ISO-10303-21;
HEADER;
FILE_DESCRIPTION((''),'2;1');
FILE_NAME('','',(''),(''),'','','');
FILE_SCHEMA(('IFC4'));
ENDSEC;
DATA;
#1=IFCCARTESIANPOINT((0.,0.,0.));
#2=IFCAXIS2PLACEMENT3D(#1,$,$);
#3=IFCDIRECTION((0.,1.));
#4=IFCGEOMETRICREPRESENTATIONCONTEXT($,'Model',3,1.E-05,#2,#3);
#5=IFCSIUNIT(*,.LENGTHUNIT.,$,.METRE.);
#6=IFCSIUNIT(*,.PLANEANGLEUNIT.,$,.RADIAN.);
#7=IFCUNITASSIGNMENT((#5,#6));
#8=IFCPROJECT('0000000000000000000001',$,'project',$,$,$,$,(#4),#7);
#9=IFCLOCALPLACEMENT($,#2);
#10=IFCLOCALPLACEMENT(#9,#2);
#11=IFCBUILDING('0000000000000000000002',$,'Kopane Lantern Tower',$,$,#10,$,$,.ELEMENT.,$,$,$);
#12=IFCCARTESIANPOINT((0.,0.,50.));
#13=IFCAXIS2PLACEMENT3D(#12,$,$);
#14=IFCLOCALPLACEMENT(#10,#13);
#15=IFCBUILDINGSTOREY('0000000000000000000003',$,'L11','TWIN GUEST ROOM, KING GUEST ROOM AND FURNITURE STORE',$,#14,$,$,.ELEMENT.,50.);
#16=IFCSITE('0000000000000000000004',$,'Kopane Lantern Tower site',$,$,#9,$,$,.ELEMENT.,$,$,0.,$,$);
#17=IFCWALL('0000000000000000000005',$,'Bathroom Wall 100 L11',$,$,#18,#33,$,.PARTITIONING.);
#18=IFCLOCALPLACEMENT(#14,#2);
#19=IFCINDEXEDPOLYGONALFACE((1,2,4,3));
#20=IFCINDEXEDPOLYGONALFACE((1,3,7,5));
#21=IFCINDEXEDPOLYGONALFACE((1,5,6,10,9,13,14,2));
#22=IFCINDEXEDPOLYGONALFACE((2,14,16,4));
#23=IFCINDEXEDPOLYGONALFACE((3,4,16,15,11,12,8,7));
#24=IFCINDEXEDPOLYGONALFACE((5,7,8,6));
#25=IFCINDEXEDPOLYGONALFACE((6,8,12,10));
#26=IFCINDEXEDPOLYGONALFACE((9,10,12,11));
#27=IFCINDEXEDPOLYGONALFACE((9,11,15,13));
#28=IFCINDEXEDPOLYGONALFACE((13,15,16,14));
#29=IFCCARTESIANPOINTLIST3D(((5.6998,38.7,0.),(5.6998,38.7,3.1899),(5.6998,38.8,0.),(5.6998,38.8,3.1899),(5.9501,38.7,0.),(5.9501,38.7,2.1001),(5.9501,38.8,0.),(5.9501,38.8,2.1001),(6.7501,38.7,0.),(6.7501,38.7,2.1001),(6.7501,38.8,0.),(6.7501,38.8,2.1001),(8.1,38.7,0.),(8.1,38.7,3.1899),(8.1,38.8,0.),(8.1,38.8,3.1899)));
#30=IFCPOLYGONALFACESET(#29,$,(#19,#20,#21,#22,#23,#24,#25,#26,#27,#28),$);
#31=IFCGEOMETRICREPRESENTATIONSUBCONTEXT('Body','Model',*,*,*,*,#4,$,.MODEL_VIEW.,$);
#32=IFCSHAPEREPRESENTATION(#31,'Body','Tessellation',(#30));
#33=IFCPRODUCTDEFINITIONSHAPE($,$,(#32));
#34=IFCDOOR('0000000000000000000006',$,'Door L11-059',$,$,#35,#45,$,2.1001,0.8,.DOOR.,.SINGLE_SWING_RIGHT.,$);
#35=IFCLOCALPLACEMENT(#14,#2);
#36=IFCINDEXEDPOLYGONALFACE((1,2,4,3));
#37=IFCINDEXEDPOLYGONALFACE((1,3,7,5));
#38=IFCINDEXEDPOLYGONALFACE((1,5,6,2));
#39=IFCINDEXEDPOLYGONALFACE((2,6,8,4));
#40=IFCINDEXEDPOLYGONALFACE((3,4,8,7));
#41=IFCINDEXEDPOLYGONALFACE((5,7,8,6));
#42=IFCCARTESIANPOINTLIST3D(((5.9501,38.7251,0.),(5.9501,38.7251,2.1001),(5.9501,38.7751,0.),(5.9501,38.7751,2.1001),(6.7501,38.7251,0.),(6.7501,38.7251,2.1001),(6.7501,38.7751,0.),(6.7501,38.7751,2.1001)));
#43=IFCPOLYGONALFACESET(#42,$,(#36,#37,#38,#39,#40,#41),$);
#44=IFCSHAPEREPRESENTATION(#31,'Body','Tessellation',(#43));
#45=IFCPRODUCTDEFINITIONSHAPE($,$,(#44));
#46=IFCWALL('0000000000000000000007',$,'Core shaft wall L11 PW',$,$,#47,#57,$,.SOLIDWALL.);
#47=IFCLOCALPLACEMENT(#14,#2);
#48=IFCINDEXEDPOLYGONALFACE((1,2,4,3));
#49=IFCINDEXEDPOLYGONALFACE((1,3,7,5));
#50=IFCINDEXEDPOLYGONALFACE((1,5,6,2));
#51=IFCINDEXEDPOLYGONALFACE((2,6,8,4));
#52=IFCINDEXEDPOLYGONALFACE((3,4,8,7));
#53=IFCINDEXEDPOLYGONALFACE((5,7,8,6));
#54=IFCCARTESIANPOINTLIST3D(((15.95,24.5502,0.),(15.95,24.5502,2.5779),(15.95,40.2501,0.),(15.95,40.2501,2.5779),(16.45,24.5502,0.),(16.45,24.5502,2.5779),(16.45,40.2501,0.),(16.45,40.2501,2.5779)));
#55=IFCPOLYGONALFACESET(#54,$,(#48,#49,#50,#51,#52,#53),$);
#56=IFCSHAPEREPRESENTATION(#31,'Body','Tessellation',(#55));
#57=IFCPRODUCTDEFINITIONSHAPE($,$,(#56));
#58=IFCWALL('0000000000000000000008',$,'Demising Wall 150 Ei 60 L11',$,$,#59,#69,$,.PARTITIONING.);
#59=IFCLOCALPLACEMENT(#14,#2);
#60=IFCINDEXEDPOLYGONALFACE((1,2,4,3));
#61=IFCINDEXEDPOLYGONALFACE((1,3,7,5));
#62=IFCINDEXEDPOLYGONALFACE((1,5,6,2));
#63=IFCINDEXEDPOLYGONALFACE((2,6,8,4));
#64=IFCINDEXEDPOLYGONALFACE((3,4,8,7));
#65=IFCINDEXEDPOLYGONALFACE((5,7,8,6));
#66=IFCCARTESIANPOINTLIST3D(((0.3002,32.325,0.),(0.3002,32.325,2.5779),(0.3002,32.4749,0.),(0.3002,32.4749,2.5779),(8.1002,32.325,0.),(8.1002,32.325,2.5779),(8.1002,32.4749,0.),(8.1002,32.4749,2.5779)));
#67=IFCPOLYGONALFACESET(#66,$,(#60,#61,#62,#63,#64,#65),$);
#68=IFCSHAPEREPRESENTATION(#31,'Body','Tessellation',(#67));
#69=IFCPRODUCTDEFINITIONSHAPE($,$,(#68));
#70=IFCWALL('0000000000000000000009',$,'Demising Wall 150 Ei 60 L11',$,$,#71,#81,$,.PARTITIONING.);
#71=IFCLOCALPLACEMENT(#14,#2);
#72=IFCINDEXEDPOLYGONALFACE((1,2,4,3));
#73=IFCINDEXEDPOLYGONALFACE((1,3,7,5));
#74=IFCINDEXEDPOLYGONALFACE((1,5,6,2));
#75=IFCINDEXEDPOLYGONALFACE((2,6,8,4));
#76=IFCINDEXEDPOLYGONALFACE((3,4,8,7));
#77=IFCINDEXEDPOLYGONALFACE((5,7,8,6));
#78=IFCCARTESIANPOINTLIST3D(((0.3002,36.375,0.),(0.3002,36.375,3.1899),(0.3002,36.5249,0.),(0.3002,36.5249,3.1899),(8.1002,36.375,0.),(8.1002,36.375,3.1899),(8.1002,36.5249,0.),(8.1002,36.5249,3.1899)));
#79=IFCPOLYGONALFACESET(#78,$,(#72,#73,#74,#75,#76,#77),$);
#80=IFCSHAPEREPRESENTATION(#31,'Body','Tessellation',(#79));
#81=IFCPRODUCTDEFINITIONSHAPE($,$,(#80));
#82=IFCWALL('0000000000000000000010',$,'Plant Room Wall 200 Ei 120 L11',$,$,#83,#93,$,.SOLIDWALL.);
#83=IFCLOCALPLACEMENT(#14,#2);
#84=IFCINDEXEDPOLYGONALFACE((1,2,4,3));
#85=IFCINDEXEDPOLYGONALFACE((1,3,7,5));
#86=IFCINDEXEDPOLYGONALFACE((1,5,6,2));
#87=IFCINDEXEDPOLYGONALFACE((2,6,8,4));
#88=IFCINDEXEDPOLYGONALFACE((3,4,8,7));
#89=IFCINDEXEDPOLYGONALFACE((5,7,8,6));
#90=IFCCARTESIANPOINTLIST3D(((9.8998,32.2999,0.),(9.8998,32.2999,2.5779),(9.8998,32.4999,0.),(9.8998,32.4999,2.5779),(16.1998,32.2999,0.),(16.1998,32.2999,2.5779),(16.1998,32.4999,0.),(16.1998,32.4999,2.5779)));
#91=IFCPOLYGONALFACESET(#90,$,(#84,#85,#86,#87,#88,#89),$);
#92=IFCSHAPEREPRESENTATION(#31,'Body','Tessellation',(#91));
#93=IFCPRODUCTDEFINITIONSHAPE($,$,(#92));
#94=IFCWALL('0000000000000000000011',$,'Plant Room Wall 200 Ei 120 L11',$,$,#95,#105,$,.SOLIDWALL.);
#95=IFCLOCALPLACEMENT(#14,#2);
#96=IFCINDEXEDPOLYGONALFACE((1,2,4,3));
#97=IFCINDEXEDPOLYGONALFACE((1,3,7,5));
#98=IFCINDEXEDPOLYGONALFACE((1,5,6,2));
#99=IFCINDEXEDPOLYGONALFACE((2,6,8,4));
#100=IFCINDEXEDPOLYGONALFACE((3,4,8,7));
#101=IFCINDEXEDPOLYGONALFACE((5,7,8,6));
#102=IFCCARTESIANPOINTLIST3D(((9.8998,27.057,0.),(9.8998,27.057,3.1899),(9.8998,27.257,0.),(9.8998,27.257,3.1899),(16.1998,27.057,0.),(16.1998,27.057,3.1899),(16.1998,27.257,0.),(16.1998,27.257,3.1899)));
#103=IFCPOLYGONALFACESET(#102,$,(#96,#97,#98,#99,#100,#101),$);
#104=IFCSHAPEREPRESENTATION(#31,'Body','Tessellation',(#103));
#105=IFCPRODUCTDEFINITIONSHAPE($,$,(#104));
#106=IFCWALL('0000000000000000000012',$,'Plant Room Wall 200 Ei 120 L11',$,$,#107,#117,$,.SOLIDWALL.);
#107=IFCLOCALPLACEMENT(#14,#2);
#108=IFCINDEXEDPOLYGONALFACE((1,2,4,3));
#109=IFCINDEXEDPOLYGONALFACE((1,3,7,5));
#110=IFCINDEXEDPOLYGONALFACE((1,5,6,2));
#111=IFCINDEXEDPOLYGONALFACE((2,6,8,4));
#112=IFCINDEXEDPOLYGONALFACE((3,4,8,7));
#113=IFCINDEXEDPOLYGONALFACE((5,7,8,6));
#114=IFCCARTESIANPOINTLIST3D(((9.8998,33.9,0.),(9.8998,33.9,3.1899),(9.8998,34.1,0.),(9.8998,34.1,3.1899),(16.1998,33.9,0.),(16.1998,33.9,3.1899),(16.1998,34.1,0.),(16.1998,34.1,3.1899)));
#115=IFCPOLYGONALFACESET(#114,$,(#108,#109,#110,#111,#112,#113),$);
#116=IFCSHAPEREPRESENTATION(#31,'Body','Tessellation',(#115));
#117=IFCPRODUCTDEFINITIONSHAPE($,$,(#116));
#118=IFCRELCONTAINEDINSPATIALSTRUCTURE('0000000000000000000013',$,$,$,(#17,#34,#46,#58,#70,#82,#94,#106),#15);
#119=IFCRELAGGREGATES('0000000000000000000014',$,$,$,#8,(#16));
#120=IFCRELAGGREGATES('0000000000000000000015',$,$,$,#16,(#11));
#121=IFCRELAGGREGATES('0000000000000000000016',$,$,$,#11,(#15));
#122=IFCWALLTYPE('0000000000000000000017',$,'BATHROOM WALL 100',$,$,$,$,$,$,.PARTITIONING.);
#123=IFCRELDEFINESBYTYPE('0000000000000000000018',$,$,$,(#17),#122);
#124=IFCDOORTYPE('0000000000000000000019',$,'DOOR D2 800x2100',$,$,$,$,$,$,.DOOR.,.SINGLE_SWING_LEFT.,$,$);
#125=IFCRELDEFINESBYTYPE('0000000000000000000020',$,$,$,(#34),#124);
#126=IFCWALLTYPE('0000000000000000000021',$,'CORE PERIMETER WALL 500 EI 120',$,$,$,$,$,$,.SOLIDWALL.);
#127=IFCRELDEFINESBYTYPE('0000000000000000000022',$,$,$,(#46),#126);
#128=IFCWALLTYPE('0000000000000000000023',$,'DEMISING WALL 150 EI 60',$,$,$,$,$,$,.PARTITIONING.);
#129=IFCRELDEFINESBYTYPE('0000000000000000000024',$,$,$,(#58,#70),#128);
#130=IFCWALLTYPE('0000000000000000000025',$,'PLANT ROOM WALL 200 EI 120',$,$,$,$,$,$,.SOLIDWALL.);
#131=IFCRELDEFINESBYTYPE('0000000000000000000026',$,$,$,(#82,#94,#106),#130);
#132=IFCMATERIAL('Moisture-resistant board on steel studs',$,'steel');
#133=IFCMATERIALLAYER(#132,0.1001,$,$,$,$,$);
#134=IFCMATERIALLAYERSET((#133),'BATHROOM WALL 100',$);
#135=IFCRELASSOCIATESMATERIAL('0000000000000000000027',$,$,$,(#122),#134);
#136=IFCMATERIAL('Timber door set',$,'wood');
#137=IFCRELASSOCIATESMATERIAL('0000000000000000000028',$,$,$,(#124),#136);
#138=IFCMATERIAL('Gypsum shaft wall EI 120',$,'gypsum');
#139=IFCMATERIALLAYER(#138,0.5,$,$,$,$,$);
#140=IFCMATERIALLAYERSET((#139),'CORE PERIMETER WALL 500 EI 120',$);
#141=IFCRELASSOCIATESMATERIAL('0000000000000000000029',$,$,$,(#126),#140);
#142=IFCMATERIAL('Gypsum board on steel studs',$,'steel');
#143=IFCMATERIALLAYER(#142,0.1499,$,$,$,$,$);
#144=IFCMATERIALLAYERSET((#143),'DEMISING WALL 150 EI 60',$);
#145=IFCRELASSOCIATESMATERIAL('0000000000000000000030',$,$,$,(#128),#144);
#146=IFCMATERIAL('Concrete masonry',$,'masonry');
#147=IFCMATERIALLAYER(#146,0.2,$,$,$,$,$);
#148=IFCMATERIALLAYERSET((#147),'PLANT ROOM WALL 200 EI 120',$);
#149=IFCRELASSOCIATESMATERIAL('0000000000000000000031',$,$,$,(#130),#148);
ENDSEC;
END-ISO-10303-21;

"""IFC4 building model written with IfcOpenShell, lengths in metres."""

from ifc_helpers import new_model, si_unit, direction, frame, frame_2d, origin, place, context, subcontext, project, spatial, rectangle, extrude, material, layer, layer_set, type_object, element, fill, save


model = new_model("IFC4")

# Units and contexts
model_context = context("Model", 3, precision=1e-05, world=origin(), true_north=direction((0.0, 1.0)))
body_context = subcontext(model_context, "Body", "Model", "MODEL_VIEW")
ifc_project = project(units=[si_unit("LENGTHUNIT", "METRE"), si_unit("PLANEANGLEUNIT", "RADIAN")], contexts=[model_context])

# Site, building, storey
site_placement = place(None, origin())
site = spatial("IfcSite", under=ifc_project, at=site_placement, Name="Kopane Lantern Tower site", CompositionType="ELEMENT", RefElevation=0.0)
building_placement = place(site_placement, origin())
building = spatial("IfcBuilding", under=site, at=building_placement, Name="Kopane Lantern Tower", CompositionType="ELEMENT")
storey_placement = place(building_placement, frame((0.0, 0.0, 50.0)))
storey = spatial("IfcBuildingStorey", under=building, at=storey_placement, Name="L11", Description="TWIN GUEST ROOM, KING GUEST ROOM AND FURNITURE STORE", CompositionType="ELEMENT", Elevation=50.0)

# Wall, opening, door
ifc_material_1 = material(Name="Moisture-resistant board on steel studs", Category="steel")
ifc_layer_1 = layer(ifc_material_1, 0.1001)
ifc_layer_set_1 = layer_set([ifc_layer_1], Name="BATHROOM WALL 100")
wall_type_1 = type_object("IfcWallType", Name="BATHROOM WALL 100", PredefinedType="PARTITIONING", material=ifc_layer_set_1)
ifc_material_2 = material(Name="Timber door set", Category="wood")
door_type = type_object("IfcDoorType", Name="DOOR D2 800x2100", OperationType="SINGLE_SWING_LEFT", PredefinedType="DOOR", material=ifc_material_2)
wall_1_placement = place(storey_placement, frame((8.1001, 38.75, 0.0), z_axis=(0.0, 0.0, 1.0), x_axis=(-1.0, 0.0, 0.0)))
wall_1 = element("IfcWall", 1, at=wall_1_placement, inside=storey, type_object=wall_type_1, Name="Bathroom Wall 100 L11", PredefinedType="PARTITIONING", context=body_context, shape_type="SweptSolid", body=[
    extrude(rectangle(XDim=2.4001, YDim=0.1001, at=frame_2d((1.2002, 0.0))), origin(), (0.0, 0.0, 1.0), 3.1899),
])
opening_1_placement = place(wall_1_placement, frame((1.3501, 0.0, 0.0)))
opening_1 = element("IfcOpeningElement", 2, at=opening_1_placement, cuts=wall_1, PredefinedType="OPENING", context=body_context, shape_type="SweptSolid", body=[
    extrude(rectangle(XDim=0.8, YDim=2.1001, at=frame_2d((0.3999, 1.05))), frame((0.0, 0.0601, 0.0), z_axis=(0.0, -1.0, 0.0), x_axis=(1.0, 0.0, 0.0)), (0.0, 0.0, 1.0), 0.1201),
])
door_1_placement = place(opening_1_placement, origin())
door_1 = element("IfcDoor", 3, at=door_1_placement, inside=storey, type_object=door_type, Name="Door L11-059", OperationType="SINGLE_SWING_RIGHT", OverallHeight=2.1001, OverallWidth=0.8, PredefinedType="DOOR", context=body_context, shape_type="SweptSolid", body=[
    extrude(rectangle(XDim=0.8, YDim=2.1001, at=frame_2d((0.3999, 1.05))), frame((0.0, 0.0249, 0.0), z_axis=(0.0, -1.0, 0.0), x_axis=(1.0, 0.0, 0.0)), (0.0, 0.0, 1.0), 0.05),
])
fill(opening_1, door_1)

# Walls
ifc_material_3 = material(Name="Gypsum shaft wall EI 120", Category="gypsum")
ifc_layer_2 = layer(ifc_material_3, 0.5)
ifc_layer_set_2 = layer_set([ifc_layer_2], Name="CORE PERIMETER WALL 500 EI 120")
wall_type_2 = type_object("IfcWallType", Name="CORE PERIMETER WALL 500 EI 120", PredefinedType="SOLIDWALL", material=ifc_layer_set_2)
wall_2_placement = place(storey_placement, frame((16.2, 24.55, 0.0), z_axis=(0.0, 0.0, 1.0), x_axis=(0.0, 1.0, 0.0)))
element("IfcWall", 4, at=wall_2_placement, inside=storey, type_object=wall_type_2, Name="Core shaft wall L11 PW", PredefinedType="SOLIDWALL", context=body_context, shape_type="SweptSolid", body=[
    extrude(rectangle(XDim=15.7, YDim=0.5, at=frame_2d((7.8501, 0.0))), origin(), (0.0, 0.0, 1.0), 2.5779),
])
ifc_material_4 = material(Name="Gypsum board on steel studs", Category="steel")
ifc_layer_3 = layer(ifc_material_4, 0.1499)
ifc_layer_set_3 = layer_set([ifc_layer_3], Name="DEMISING WALL 150 EI 60")
wall_type_3 = type_object("IfcWallType", Name="DEMISING WALL 150 EI 60", PredefinedType="PARTITIONING", material=ifc_layer_set_3)
wall_3_placement = place(storey_placement, frame((8.1001, 32.3999, 0.0), z_axis=(0.0, 0.0, 1.0), x_axis=(-1.0, 0.0, 0.0)))
element("IfcWall", 5, at=wall_3_placement, inside=storey, type_object=wall_type_3, Name="Demising Wall 150 Ei 60 L11", PredefinedType="PARTITIONING", context=body_context, shape_type="SweptSolid", body=[
    extrude(rectangle(XDim=7.8, YDim=0.1499, at=frame_2d((3.8999, 0.0))), origin(), (0.0, 0.0, 1.0), 2.5779),
])
wall_4_placement = place(storey_placement, frame((8.1001, 36.45, 0.0), z_axis=(0.0, 0.0, 1.0), x_axis=(-1.0, 0.0, 0.0)))
element("IfcWall", 6, at=wall_4_placement, inside=storey, type_object=wall_type_3, Name="Demising Wall 150 Ei 60 L11", PredefinedType="PARTITIONING", context=body_context, shape_type="SweptSolid", body=[
    extrude(rectangle(XDim=7.8, YDim=0.1499, at=frame_2d((3.8999, 0.0))), origin(), (0.0, 0.0, 1.0), 3.1899),
])
ifc_material_5 = material(Name="Concrete masonry", Category="masonry")
ifc_layer_4 = layer(ifc_material_5, 0.2)
ifc_layer_set_4 = layer_set([ifc_layer_4], Name="PLANT ROOM WALL 200 EI 120")
wall_type_4 = type_object("IfcWallType", Name="PLANT ROOM WALL 200 EI 120", PredefinedType="SOLIDWALL", material=ifc_layer_set_4)
wall_5_placement = place(storey_placement, frame((9.8999, 32.3999, 0.0), z_axis=(0.0, 0.0, 1.0), x_axis=(1.0, 0.0, 0.0)))
element("IfcWall", 7, at=wall_5_placement, inside=storey, type_object=wall_type_4, Name="Plant Room Wall 200 Ei 120 L11", PredefinedType="SOLIDWALL", context=body_context, shape_type="SweptSolid", body=[
    extrude(rectangle(XDim=6.3, YDim=0.2, at=frame_2d((3.1499, 0.0))), origin(), (0.0, 0.0, 1.0), 2.5779),
])
for number, where, z_axis, x_axis, name in (
    (8, (9.8999, 27.157, 0.0), (0.0, 0.0, 1.0), (1.0, 0.0, 0.0), "Plant Room Wall 200 Ei 120 L11"),
    (9, (9.8999, 34.0, 0.0), (0.0, 0.0, 1.0), (1.0, 0.0, 0.0), "Plant Room Wall 200 Ei 120 L11"),
):
    element("IfcWall", number, at=place(storey_placement, frame(where, z_axis=z_axis, x_axis=x_axis)), inside=storey, type_object=wall_type_4, Name=name, PredefinedType="SOLIDWALL", context=body_context, shape_type="SweptSolid", body=[
        extrude(rectangle(XDim=6.3, YDim=0.2, at=frame_2d((3.1499, 0.0))), origin(), (0.0, 0.0, 1.0), 3.1899),
    ])

save(model, "model.ifc")
